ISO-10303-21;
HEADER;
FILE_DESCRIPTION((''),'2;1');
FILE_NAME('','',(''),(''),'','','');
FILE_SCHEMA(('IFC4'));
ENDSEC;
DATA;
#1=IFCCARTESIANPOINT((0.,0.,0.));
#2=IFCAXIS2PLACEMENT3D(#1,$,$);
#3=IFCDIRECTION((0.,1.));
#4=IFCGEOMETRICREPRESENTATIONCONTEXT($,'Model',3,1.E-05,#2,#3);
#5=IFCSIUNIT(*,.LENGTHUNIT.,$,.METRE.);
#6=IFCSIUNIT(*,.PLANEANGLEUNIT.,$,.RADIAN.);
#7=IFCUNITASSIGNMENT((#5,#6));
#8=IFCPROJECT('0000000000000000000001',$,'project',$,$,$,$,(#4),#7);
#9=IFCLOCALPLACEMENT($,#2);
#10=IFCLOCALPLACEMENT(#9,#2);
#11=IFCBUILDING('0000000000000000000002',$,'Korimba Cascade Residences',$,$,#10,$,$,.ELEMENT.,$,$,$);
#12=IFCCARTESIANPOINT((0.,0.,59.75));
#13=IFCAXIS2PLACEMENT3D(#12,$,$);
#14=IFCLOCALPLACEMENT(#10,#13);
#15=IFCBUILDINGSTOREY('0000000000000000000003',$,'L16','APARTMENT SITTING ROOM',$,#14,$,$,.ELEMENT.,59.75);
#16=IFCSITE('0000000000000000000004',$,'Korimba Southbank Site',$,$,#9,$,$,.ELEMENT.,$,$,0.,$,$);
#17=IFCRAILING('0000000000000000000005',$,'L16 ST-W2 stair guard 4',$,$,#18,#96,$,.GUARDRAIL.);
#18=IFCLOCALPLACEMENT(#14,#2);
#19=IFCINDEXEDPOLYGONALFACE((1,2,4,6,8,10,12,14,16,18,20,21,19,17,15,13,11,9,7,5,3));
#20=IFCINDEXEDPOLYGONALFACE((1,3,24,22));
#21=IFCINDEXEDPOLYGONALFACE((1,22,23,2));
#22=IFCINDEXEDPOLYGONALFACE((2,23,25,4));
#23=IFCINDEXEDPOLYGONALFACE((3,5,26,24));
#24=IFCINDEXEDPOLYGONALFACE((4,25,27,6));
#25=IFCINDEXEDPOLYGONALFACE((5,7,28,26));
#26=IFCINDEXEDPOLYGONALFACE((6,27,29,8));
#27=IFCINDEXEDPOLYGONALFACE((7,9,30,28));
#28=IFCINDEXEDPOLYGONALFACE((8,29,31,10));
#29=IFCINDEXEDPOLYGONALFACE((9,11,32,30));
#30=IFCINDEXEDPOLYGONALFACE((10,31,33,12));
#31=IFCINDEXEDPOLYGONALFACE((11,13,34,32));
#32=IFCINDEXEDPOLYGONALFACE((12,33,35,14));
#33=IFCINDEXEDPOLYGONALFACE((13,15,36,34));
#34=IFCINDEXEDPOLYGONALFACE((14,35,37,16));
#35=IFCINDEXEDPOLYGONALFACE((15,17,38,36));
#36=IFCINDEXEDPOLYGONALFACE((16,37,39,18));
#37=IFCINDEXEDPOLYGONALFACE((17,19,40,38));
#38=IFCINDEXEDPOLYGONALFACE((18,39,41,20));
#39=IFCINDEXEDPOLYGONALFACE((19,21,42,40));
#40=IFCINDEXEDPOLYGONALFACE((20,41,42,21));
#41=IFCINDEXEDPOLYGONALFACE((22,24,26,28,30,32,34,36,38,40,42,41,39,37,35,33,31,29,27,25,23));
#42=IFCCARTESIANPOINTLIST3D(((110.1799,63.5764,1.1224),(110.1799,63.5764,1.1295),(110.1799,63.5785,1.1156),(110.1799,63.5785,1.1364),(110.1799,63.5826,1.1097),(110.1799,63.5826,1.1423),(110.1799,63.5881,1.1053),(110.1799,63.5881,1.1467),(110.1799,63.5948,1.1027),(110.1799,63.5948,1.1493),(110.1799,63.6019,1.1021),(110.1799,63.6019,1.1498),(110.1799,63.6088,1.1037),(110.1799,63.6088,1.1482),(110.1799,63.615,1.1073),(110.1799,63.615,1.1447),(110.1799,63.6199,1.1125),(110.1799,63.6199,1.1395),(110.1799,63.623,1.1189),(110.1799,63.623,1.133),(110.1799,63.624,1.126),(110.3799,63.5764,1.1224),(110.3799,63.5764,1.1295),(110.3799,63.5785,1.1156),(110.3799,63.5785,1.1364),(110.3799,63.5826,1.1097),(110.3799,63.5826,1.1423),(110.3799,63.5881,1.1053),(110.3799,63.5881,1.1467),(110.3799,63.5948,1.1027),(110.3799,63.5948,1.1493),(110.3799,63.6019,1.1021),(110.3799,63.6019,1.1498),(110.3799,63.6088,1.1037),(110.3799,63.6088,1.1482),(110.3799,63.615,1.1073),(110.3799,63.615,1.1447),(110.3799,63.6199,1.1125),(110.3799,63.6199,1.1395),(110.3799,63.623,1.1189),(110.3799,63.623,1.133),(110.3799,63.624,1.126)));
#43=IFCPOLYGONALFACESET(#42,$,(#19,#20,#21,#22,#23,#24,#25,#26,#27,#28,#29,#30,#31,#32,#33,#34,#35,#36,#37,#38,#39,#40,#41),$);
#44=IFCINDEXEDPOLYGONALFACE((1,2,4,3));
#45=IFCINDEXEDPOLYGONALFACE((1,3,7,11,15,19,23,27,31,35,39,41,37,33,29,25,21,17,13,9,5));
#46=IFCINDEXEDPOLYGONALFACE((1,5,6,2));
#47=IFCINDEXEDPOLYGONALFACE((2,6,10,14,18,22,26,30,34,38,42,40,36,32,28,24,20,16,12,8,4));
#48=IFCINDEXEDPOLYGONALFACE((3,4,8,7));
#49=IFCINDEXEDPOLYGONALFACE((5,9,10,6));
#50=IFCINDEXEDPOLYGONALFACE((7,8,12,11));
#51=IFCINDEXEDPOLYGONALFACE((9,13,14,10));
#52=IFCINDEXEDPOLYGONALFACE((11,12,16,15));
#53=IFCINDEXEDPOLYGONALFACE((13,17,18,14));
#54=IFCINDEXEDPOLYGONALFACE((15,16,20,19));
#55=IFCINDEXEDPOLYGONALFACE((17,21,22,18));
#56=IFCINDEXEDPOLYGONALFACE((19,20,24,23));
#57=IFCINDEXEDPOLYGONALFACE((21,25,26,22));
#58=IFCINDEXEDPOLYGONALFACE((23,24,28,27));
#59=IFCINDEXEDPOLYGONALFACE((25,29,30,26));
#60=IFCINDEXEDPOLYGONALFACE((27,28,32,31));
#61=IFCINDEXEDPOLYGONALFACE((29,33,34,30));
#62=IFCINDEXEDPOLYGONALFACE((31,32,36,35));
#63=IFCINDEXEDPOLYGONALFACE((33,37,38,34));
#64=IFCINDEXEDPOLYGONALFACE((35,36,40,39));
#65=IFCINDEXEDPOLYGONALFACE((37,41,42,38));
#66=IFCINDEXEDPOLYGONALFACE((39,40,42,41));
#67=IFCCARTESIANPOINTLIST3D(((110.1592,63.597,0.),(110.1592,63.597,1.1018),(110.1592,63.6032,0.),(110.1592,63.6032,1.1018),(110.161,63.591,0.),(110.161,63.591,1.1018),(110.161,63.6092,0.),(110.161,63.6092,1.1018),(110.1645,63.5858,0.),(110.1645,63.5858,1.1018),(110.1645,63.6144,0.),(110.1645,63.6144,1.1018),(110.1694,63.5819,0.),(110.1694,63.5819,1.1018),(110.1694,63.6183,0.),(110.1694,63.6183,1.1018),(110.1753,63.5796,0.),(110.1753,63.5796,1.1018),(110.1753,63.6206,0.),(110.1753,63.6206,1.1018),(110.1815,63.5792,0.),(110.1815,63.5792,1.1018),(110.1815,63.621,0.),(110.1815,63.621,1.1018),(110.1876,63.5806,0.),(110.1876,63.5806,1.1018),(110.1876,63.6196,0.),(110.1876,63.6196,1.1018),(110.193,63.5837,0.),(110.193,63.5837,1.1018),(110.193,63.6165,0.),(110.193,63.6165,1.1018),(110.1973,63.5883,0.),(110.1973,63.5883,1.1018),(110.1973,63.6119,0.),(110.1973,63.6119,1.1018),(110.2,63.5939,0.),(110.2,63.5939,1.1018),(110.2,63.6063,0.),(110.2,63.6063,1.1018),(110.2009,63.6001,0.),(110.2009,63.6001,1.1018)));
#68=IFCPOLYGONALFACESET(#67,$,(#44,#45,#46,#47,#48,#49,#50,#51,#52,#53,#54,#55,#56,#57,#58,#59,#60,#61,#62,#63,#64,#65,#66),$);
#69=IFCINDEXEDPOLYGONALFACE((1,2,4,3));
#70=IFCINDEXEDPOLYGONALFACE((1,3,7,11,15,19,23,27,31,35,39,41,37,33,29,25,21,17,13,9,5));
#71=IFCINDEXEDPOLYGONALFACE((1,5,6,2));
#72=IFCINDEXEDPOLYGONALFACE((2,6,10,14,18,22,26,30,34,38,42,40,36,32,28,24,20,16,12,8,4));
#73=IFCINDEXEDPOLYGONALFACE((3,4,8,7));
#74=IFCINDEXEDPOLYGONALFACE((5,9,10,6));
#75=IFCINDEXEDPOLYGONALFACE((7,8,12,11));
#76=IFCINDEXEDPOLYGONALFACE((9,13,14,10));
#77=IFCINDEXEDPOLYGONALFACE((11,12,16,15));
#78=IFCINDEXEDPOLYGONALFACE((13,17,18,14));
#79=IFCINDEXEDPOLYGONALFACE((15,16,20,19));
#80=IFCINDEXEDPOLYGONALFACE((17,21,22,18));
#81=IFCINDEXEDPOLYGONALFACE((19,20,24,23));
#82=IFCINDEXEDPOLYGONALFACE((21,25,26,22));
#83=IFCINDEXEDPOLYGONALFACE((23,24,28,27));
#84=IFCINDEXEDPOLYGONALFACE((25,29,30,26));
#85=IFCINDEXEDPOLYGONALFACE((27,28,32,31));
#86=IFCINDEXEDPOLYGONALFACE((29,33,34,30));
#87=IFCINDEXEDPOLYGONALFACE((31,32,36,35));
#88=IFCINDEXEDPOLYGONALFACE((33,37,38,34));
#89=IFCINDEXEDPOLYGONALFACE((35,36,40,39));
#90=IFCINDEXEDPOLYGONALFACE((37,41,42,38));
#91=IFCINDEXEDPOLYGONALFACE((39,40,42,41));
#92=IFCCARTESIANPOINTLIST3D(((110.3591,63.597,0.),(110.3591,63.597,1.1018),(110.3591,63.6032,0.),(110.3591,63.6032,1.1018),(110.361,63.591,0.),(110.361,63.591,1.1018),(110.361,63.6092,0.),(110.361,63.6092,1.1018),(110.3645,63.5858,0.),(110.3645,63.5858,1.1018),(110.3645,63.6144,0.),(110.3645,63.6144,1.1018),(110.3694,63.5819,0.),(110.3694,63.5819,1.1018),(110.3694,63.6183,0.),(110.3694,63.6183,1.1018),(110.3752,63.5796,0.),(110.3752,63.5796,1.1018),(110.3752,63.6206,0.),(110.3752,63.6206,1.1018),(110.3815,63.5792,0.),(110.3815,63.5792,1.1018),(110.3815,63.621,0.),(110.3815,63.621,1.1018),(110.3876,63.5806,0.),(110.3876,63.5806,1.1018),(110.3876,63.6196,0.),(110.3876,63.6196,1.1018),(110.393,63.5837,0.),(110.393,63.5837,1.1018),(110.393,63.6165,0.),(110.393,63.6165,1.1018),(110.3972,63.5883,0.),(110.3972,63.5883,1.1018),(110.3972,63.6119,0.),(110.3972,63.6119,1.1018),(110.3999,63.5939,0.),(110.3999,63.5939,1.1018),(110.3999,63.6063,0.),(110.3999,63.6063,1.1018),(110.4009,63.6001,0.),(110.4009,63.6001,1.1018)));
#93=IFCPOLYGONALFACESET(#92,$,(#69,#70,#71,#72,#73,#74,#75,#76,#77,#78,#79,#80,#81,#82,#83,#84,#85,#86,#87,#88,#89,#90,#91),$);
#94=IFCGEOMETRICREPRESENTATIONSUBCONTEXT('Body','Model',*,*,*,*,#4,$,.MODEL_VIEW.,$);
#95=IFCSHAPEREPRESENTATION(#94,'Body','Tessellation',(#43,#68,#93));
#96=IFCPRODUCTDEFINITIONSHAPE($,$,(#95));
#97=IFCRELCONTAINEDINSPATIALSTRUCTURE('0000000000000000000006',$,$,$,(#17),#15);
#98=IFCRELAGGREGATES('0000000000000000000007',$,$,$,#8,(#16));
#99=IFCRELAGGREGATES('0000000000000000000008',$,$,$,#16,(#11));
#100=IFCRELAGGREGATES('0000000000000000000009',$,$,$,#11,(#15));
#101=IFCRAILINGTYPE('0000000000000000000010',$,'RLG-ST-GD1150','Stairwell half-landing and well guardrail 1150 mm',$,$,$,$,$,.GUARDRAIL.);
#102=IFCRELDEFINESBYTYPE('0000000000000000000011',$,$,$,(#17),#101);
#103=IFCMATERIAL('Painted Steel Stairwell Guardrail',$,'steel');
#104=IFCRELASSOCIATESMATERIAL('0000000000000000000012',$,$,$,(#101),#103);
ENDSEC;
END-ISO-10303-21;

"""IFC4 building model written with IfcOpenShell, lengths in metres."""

from ifc_helpers import new_model, si_unit, direction, frame, origin, origin_2d, place, context, subcontext, project, spatial, circle, extrude, material, type_object, element, save


model = new_model("IFC4")

# Units and contexts
model_context = context("Model", 3, precision=1e-05, world=origin(), true_north=direction((0.0, 1.0)))
body_context = subcontext(model_context, "Body", "Model", "MODEL_VIEW")
ifc_project = project(units=[si_unit("LENGTHUNIT", "METRE"), si_unit("PLANEANGLEUNIT", "RADIAN")], contexts=[model_context])

# Site, building, storey
site_placement = place(None, origin())
site = spatial("IfcSite", under=ifc_project, at=site_placement, Name="Korimba Southbank Site", CompositionType="ELEMENT", RefElevation=0.0)
building_placement = place(site_placement, origin())
building = spatial("IfcBuilding", under=site, at=building_placement, Name="Korimba Cascade Residences", CompositionType="ELEMENT")
storey_placement = place(building_placement, frame((0.0, 0.0, 59.75)))
storey = spatial("IfcBuildingStorey", under=building, at=storey_placement, Name="L16", Description="APARTMENT SITTING ROOM", CompositionType="ELEMENT", Elevation=59.75)

# Railing
ifc_material_1 = material(Name="Painted Steel Stairwell Guardrail", Category="steel")
railing_type_1 = type_object("IfcRailingType", Name="RLG-ST-GD1150", Description="Stairwell half-landing and well guardrail 1150 mm", PredefinedType="GUARDRAIL", material=ifc_material_1)
railing_1_placement = place(storey_placement, frame((110.1799, 63.6001, 0.0)))
element("IfcRailing", 1, at=railing_1_placement, inside=storey, type_object=railing_type_1, Name="L16 ST-W2 stair guard 4", PredefinedType="GUARDRAIL", context=body_context, shape_type="SweptSolid", body=[
    extrude(circle(Radius=0.0239, at=origin_2d()), frame((0.0, 0.0, 1.126), z_axis=(1.0, 0.0, 0.0), x_axis=(0.0, 1.0, 0.0)), (0.0, 0.0, 1.0), 0.2),
    extrude(circle(Radius=0.021, at=origin_2d()), origin(), (0.0, 0.0, 1.0), 1.1018),
    extrude(circle(Radius=0.021, at=origin_2d()), frame((0.2, 0.0, 0.0)), (0.0, 0.0, 1.0), 1.1018),
])

save(model, "model.ifc")
